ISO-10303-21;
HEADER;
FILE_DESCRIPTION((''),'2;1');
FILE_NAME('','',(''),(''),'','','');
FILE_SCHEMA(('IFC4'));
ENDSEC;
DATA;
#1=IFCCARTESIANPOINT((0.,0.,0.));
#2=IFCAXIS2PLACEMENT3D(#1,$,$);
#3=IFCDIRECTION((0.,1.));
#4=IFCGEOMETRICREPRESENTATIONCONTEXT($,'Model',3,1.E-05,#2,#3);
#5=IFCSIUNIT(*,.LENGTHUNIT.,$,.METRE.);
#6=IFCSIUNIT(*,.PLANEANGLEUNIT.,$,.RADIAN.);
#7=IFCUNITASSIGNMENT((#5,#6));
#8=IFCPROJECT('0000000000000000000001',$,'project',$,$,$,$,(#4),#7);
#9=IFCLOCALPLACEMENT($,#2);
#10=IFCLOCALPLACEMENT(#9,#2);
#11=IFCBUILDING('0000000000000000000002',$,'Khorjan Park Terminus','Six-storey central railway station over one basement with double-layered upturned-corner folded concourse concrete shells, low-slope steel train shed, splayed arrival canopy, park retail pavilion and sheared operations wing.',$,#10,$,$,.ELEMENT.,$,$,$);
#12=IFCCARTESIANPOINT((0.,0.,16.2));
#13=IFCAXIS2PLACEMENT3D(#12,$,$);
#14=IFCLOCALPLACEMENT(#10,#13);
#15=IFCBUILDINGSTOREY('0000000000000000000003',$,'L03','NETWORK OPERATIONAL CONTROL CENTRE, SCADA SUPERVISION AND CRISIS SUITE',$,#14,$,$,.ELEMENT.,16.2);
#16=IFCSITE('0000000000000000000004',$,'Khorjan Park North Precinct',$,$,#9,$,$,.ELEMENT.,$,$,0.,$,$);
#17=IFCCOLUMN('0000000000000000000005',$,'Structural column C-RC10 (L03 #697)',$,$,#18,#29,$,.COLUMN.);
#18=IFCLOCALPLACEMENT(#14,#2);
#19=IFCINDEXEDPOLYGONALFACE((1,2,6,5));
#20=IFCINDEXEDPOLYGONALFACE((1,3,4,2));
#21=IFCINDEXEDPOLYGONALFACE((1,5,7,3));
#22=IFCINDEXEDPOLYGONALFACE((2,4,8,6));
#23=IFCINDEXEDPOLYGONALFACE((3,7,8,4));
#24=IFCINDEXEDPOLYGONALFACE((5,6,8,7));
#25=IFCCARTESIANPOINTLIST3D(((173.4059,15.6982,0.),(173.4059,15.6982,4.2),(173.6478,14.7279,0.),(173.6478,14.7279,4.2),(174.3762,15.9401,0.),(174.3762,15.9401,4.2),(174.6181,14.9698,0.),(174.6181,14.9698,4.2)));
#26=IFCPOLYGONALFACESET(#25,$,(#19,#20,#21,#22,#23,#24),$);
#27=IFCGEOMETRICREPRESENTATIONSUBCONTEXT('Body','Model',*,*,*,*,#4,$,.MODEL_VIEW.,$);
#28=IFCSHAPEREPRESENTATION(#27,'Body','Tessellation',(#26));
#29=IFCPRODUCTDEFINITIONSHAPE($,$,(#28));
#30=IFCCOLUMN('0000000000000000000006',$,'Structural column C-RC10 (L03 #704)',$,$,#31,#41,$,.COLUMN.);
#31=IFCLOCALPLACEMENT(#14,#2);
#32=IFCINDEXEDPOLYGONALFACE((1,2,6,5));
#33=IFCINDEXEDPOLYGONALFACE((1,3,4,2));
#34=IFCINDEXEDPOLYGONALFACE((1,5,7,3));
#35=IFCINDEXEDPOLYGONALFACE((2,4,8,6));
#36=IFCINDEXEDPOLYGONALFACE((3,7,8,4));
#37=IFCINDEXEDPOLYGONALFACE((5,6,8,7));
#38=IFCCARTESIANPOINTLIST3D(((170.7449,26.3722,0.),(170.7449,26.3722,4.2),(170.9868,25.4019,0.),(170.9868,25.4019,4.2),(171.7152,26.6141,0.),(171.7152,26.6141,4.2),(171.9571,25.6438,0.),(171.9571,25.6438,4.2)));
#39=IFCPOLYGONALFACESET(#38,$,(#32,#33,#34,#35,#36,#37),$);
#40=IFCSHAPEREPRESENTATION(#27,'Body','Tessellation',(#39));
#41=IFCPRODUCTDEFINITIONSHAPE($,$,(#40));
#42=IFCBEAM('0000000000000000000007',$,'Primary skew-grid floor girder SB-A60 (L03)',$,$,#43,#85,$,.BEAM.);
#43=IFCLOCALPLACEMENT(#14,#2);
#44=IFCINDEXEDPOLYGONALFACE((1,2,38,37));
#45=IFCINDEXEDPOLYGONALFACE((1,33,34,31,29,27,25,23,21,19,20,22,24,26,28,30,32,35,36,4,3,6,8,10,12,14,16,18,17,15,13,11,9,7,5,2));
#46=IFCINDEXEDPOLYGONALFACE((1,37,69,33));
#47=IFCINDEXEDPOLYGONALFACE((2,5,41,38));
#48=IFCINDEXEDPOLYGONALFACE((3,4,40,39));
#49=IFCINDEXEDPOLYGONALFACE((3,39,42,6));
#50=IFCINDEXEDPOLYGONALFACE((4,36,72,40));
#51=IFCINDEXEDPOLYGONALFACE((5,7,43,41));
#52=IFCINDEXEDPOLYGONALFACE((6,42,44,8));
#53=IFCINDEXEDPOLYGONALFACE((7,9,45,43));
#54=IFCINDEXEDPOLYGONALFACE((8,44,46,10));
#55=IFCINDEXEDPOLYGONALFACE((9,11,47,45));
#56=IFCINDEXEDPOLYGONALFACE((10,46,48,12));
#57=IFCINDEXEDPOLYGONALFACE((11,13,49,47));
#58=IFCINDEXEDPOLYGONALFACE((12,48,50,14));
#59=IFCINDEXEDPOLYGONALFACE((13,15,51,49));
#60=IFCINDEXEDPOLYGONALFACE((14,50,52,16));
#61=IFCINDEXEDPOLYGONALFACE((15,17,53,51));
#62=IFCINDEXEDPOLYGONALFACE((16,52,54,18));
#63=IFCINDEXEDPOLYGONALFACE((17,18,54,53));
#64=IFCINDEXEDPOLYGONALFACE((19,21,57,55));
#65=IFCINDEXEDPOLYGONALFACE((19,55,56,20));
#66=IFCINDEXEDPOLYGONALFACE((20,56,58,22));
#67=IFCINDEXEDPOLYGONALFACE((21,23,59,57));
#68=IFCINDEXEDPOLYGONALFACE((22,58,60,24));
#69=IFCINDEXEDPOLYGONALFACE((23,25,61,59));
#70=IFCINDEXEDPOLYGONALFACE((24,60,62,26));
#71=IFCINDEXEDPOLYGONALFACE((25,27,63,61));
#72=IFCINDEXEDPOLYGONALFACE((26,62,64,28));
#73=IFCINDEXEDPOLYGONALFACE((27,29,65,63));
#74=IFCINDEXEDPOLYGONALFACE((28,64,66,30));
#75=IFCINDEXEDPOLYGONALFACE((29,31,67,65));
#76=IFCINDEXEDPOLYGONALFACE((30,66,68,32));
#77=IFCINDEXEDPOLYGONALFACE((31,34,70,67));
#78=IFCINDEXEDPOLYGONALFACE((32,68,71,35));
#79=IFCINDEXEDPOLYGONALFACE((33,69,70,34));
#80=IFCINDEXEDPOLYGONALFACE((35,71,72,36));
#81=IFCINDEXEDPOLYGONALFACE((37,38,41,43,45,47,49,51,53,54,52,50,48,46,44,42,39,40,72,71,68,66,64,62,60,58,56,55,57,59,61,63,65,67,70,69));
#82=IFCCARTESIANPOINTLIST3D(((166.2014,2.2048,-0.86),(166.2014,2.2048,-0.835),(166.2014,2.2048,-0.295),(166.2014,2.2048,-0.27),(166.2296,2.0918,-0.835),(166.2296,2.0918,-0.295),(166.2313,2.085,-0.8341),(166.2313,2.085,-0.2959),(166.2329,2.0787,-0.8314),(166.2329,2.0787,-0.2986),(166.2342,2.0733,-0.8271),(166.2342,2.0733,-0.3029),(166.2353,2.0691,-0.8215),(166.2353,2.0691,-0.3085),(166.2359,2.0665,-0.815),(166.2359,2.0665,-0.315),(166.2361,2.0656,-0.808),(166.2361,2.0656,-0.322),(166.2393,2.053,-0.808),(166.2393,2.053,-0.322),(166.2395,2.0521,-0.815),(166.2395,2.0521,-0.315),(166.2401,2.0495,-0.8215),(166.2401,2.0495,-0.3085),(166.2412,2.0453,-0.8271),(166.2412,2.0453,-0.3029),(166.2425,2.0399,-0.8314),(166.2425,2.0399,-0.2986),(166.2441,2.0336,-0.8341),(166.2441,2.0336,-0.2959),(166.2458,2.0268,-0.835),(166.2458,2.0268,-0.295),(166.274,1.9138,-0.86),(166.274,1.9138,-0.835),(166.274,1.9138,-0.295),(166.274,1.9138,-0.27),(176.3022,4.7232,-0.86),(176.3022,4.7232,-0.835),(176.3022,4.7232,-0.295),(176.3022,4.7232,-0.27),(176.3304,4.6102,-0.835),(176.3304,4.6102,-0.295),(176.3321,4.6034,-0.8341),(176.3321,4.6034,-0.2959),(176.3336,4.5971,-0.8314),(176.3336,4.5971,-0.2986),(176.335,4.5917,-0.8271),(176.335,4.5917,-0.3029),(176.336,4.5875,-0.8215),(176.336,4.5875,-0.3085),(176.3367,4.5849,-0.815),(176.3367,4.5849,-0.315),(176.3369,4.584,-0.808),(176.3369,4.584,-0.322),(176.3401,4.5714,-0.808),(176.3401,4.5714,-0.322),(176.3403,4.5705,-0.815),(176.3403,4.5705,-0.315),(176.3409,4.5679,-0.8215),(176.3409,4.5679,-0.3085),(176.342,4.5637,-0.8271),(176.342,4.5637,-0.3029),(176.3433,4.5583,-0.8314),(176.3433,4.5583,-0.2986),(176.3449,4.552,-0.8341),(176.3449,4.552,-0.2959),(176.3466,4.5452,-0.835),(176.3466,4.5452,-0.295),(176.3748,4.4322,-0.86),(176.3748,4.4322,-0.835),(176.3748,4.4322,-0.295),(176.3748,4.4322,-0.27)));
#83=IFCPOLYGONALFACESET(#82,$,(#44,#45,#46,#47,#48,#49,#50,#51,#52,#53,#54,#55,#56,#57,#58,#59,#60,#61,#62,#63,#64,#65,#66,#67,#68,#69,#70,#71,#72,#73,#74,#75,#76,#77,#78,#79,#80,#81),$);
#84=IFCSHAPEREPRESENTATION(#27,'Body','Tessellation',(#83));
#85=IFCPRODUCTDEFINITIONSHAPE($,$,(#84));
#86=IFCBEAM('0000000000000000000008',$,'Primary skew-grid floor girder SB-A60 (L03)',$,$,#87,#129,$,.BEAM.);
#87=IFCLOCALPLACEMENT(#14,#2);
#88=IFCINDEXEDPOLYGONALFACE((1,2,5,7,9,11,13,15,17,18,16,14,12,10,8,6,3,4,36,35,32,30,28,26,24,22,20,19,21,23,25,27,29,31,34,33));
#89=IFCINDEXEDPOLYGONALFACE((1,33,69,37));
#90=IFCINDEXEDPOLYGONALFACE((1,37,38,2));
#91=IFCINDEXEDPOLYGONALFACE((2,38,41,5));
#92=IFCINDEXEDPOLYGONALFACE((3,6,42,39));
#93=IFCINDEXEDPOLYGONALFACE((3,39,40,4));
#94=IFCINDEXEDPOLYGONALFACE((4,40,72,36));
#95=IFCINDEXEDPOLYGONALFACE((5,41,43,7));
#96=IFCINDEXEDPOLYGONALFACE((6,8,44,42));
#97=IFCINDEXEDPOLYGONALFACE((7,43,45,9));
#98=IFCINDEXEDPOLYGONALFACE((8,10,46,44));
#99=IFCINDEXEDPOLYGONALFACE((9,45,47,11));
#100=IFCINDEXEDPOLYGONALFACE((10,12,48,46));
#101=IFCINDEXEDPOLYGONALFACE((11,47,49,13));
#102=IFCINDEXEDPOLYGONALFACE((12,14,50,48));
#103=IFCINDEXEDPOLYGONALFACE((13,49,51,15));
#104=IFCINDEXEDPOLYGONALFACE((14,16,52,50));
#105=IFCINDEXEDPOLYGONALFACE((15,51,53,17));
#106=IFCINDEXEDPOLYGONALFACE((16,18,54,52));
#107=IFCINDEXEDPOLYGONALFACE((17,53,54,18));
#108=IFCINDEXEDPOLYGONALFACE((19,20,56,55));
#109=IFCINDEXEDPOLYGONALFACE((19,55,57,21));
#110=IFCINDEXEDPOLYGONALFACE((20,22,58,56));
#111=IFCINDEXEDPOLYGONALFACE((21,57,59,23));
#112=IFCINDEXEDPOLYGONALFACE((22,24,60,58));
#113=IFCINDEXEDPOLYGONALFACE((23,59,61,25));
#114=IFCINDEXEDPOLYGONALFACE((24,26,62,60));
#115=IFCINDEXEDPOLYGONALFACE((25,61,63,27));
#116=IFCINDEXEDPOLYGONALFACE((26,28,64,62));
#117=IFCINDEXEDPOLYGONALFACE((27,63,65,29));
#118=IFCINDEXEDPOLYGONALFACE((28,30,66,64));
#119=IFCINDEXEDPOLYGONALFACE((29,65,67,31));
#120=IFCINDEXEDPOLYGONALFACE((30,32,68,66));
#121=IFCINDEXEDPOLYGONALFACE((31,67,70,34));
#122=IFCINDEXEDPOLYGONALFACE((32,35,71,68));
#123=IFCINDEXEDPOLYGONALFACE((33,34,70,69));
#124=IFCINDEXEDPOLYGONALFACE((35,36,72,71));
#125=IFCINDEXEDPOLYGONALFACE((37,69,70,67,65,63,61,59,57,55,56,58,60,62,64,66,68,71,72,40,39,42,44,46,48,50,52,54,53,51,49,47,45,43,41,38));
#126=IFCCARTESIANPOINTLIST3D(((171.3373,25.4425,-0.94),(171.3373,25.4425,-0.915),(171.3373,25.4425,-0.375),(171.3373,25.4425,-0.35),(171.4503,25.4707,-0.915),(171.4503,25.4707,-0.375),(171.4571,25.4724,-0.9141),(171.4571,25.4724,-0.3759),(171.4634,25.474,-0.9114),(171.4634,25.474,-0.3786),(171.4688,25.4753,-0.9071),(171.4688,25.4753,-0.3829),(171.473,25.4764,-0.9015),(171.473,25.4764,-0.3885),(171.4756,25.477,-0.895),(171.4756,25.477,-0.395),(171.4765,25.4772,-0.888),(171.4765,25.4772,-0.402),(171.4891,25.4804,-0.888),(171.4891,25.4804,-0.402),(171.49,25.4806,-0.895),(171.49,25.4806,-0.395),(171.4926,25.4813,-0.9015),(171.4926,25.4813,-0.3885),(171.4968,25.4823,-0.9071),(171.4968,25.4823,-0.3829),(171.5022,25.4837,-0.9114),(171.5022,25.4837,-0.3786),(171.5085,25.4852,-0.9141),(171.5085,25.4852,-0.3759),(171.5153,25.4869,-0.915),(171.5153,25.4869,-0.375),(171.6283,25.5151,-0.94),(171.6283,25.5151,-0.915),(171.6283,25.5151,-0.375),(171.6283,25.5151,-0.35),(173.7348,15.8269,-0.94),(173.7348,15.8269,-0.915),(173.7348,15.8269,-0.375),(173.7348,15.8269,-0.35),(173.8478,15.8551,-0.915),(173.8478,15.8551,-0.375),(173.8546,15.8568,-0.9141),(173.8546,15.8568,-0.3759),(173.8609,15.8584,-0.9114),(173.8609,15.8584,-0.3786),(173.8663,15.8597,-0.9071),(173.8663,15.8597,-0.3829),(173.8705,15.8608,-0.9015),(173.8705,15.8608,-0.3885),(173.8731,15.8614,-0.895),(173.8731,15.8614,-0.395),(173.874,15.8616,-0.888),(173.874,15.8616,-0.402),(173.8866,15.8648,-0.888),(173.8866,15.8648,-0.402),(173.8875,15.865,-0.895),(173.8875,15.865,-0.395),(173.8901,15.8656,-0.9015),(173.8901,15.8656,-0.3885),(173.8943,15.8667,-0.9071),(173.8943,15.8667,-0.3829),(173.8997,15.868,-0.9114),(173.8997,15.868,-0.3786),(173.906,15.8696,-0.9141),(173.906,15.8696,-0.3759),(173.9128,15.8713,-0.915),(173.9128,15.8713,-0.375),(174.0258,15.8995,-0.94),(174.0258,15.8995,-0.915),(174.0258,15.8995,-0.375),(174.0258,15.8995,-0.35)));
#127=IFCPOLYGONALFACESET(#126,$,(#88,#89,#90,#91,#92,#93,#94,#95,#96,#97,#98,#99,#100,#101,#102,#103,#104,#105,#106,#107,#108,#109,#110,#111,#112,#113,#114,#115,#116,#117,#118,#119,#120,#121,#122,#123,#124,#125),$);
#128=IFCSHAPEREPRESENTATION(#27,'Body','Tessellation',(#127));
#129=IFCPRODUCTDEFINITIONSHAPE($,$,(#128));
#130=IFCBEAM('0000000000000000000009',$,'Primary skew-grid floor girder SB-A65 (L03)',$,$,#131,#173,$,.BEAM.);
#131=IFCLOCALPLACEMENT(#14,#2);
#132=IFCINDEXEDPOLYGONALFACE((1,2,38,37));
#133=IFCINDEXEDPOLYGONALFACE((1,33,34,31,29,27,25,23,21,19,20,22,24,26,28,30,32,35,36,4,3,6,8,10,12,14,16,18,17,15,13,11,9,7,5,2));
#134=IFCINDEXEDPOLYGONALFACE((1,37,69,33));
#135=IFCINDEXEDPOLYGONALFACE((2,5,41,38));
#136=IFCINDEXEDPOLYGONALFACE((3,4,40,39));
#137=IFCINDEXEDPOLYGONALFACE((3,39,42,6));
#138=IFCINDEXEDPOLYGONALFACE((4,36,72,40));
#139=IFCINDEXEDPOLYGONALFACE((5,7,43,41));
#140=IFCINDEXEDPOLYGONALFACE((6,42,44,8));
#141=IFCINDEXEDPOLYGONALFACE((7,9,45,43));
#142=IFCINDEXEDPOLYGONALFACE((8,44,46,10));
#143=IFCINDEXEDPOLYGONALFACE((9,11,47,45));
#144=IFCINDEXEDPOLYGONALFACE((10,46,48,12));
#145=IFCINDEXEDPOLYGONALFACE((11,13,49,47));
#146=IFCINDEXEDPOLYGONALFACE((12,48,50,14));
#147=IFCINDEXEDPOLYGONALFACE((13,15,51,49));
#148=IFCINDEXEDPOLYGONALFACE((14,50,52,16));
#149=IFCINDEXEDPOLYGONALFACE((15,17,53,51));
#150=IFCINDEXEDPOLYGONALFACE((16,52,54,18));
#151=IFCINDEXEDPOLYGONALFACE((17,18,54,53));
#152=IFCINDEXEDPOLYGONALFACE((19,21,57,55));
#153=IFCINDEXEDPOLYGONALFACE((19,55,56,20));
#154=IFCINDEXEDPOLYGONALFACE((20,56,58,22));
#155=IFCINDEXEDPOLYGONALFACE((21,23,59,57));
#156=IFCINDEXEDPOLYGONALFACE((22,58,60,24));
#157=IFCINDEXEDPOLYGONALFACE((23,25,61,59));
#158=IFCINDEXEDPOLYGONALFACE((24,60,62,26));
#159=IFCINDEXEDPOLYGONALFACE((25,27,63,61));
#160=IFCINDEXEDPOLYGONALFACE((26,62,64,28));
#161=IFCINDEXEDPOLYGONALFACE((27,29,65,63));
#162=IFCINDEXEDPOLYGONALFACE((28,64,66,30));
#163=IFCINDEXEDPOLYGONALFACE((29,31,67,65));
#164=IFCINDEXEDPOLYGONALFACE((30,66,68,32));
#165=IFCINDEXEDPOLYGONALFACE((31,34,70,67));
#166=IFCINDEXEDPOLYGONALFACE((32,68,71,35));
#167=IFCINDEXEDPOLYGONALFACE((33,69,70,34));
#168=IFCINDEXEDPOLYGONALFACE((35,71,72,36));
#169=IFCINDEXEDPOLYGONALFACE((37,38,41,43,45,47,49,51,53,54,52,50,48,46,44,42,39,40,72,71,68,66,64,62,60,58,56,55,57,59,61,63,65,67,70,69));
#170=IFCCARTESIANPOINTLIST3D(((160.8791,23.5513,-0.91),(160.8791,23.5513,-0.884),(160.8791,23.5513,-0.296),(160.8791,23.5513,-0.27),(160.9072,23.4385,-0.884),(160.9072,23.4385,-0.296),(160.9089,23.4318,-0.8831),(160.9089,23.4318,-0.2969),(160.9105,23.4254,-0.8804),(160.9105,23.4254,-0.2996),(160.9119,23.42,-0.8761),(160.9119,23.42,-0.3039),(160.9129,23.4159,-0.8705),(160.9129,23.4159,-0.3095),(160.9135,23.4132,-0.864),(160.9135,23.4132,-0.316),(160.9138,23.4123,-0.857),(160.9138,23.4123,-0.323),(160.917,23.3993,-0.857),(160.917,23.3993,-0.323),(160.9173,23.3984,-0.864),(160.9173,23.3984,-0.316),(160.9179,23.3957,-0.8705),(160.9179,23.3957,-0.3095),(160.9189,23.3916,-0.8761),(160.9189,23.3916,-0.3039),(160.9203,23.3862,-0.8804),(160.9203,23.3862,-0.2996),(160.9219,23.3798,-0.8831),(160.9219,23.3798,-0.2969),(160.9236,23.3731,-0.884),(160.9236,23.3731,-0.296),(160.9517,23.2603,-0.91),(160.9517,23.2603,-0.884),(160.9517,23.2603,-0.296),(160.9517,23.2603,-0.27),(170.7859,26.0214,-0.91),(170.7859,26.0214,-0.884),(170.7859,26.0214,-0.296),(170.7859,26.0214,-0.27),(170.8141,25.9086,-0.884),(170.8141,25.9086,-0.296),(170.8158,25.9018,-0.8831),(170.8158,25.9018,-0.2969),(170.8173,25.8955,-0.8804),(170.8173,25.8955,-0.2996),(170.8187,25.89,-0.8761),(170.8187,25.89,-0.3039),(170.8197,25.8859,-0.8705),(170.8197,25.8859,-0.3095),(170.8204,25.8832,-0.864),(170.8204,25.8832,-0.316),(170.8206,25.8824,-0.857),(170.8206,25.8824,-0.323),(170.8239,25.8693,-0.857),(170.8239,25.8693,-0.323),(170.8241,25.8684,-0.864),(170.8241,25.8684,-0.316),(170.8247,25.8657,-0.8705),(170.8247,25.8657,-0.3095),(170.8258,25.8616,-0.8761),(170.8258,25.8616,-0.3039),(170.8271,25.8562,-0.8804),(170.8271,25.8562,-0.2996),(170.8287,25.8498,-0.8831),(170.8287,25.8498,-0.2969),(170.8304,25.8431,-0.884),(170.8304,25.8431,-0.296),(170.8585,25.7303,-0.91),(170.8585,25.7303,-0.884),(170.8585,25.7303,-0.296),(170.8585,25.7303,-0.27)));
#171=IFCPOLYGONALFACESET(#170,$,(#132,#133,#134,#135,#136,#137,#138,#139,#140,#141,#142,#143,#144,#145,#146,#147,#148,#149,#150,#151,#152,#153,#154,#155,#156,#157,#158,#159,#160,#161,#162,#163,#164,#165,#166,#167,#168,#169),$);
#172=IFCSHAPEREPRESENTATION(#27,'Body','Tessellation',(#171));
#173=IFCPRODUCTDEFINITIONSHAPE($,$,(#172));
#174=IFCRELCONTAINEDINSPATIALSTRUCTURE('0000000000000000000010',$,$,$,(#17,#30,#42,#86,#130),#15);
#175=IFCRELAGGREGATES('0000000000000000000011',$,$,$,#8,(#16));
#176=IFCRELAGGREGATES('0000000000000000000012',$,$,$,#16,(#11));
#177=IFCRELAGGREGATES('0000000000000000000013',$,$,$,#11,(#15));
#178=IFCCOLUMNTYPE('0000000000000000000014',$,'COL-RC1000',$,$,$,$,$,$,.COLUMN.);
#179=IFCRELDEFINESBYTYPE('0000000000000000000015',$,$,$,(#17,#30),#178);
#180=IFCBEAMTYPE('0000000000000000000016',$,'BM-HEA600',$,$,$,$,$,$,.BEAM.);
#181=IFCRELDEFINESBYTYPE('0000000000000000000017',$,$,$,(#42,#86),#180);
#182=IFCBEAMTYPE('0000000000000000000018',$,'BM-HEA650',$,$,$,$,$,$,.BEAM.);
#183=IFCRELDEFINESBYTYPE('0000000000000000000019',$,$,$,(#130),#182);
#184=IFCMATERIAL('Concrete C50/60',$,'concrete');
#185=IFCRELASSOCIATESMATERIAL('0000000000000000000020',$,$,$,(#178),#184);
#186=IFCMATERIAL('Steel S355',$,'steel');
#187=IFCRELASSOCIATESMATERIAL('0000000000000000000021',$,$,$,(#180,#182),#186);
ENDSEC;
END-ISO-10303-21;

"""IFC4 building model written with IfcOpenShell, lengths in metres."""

from ifc_helpers import new_model, si_unit, direction, frame, origin, origin_2d, place, context, subcontext, project, spatial, rectangle, i_section, extrude, material, material_profile, profile_set, type_object, element, save


model = new_model("IFC4")

# Units and contexts
model_context = context("Model", 3, precision=1e-05, world=origin(), true_north=direction((0.0, 1.0)))
body_context = subcontext(model_context, "Body", "Model", "MODEL_VIEW")
ifc_project = project(units=[si_unit("LENGTHUNIT", "METRE"), si_unit("PLANEANGLEUNIT", "RADIAN")], contexts=[model_context])

# Site, building, storey
site_placement = place(None, origin())
site = spatial("IfcSite", under=ifc_project, at=site_placement, Name="Khorjan Park North Precinct", CompositionType="ELEMENT", RefElevation=0.0)
building_placement = place(site_placement, origin())
building = spatial("IfcBuilding", under=site, at=building_placement, Name="Khorjan Park Terminus", Description="Six-storey central railway station over one basement with double-layered upturned-corner folded concourse concrete shells, low-slope steel train shed, splayed arrival canopy, park retail pavilion and sheared operations wing.", CompositionType="ELEMENT")
storey_placement = place(building_placement, frame((0.0, 0.0, 16.2)))
storey = spatial("IfcBuildingStorey", under=building, at=storey_placement, Name="L03", Description="NETWORK OPERATIONAL CONTROL CENTRE, SCADA SUPERVISION AND CRISIS SUITE", CompositionType="ELEMENT", Elevation=16.2)

# Columns
ifc_material_1 = material(Name="Concrete C50/60", Category="concrete")
ifc_material_profile_1 = material_profile(ifc_material_1, rectangle(XDim=1.0, YDim=1.0, at=origin_2d()), Name="RC 1000x1000")
ifc_profile_set_1 = profile_set([ifc_material_profile_1], Name="Concrete C50/60")
column_type = type_object("IfcColumnType", Name="COL-RC1000", PredefinedType="COLUMN", material=ifc_profile_set_1)
for number, where, z_axis, x_axis, name in (
    (1, (174.012, 15.334, 0.0), (0.0, 0.0, 1.0), (0.970296, 0.241922, 0.0), "Structural column C-RC10 (L03 #697)"),
    (2, (171.351, 26.008, 0.0), (0.0, 0.0, 1.0), (0.970296, 0.241922, 0.0), "Structural column C-RC10 (L03 #704)"),
):
    element("IfcColumn", number, at=place(storey_placement, frame(where, z_axis=z_axis, x_axis=x_axis)), inside=storey, type_object=column_type, Name=name, PredefinedType="COLUMN", context=body_context, shape_type="SweptSolid", body=[
        extrude(rectangle(XDim=1.0, YDim=1.0, at=origin_2d()), origin(), (0.0, 0.0, 1.0), 4.2),
    ])

# Beams
ifc_material_2 = material(Name="Steel S355", Category="steel")
ifc_material_profile_2 = material_profile(ifc_material_2, i_section(OverallWidth=0.3, OverallDepth=0.59, WebThickness=0.013, FlangeThickness=0.025, FilletRadius=0.027, at=origin_2d()), Name="HEA 600")
ifc_profile_set_2 = profile_set([ifc_material_profile_2], Name="Steel S355")
beam_type_1 = type_object("IfcBeamType", Name="BM-HEA600", PredefinedType="BEAM", material=ifc_profile_set_2)
beam_1_placement = place(storey_placement, frame((166.2377, 2.0593, -0.565), z_axis=(0.970296, 0.241921, 0.0), x_axis=(-0.241921, 0.970296, 0.0)))
element("IfcBeam", 3, at=beam_1_placement, inside=storey, type_object=beam_type_1, Name="Primary skew-grid floor girder SB-A60 (L03)", PredefinedType="BEAM", context=body_context, shape_type="SweptSolid", body=[
    extrude(i_section(OverallWidth=0.3, OverallDepth=0.59, WebThickness=0.013, FlangeThickness=0.025, FilletRadius=0.027, at=origin_2d()), origin(), (0.0, 0.0, 1.0), 10.41),
])
beam_2_placement = place(storey_placement, frame((173.8803, 15.8632, -0.645), z_axis=(-0.241928, 0.970294, 0.0), x_axis=(-0.970294, -0.241928, 0.0)))
element("IfcBeam", 4, at=beam_2_placement, inside=storey, type_object=beam_type_1, Name="Primary skew-grid floor girder SB-A60 (L03)", PredefinedType="BEAM", context=body_context, shape_type="SweptSolid", body=[
    extrude(i_section(OverallWidth=0.3, OverallDepth=0.59, WebThickness=0.013, FlangeThickness=0.025, FilletRadius=0.027, at=origin_2d()), origin(), (0.0, 0.0, 1.0), 9.91),
])
ifc_material_profile_3 = material_profile(ifc_material_2, i_section(OverallWidth=0.3, OverallDepth=0.64, WebThickness=0.0135, FlangeThickness=0.026, FilletRadius=0.027, at=origin_2d()), Name="HEA 650")
ifc_profile_set_3 = profile_set([ifc_material_profile_3], Name="Steel S355")
beam_type_2 = type_object("IfcBeamType", Name="BM-HEA650", PredefinedType="BEAM", material=ifc_profile_set_3)
beam_3_placement = place(storey_placement, frame((160.9154, 23.4058, -0.59), z_axis=(0.970297, 0.241918, 0.0), x_axis=(-0.241918, 0.970297, 0.0)))
element("IfcBeam", 5, at=beam_3_placement, inside=storey, type_object=beam_type_2, Name="Primary skew-grid floor girder SB-A65 (L03)", PredefinedType="BEAM", context=body_context, shape_type="SweptSolid", body=[
    extrude(i_section(OverallWidth=0.3, OverallDepth=0.64, WebThickness=0.0135, FlangeThickness=0.026, FilletRadius=0.027, at=origin_2d()), origin(), (0.0, 0.0, 1.0), 10.2101),
])

save(model, "model.ifc")
